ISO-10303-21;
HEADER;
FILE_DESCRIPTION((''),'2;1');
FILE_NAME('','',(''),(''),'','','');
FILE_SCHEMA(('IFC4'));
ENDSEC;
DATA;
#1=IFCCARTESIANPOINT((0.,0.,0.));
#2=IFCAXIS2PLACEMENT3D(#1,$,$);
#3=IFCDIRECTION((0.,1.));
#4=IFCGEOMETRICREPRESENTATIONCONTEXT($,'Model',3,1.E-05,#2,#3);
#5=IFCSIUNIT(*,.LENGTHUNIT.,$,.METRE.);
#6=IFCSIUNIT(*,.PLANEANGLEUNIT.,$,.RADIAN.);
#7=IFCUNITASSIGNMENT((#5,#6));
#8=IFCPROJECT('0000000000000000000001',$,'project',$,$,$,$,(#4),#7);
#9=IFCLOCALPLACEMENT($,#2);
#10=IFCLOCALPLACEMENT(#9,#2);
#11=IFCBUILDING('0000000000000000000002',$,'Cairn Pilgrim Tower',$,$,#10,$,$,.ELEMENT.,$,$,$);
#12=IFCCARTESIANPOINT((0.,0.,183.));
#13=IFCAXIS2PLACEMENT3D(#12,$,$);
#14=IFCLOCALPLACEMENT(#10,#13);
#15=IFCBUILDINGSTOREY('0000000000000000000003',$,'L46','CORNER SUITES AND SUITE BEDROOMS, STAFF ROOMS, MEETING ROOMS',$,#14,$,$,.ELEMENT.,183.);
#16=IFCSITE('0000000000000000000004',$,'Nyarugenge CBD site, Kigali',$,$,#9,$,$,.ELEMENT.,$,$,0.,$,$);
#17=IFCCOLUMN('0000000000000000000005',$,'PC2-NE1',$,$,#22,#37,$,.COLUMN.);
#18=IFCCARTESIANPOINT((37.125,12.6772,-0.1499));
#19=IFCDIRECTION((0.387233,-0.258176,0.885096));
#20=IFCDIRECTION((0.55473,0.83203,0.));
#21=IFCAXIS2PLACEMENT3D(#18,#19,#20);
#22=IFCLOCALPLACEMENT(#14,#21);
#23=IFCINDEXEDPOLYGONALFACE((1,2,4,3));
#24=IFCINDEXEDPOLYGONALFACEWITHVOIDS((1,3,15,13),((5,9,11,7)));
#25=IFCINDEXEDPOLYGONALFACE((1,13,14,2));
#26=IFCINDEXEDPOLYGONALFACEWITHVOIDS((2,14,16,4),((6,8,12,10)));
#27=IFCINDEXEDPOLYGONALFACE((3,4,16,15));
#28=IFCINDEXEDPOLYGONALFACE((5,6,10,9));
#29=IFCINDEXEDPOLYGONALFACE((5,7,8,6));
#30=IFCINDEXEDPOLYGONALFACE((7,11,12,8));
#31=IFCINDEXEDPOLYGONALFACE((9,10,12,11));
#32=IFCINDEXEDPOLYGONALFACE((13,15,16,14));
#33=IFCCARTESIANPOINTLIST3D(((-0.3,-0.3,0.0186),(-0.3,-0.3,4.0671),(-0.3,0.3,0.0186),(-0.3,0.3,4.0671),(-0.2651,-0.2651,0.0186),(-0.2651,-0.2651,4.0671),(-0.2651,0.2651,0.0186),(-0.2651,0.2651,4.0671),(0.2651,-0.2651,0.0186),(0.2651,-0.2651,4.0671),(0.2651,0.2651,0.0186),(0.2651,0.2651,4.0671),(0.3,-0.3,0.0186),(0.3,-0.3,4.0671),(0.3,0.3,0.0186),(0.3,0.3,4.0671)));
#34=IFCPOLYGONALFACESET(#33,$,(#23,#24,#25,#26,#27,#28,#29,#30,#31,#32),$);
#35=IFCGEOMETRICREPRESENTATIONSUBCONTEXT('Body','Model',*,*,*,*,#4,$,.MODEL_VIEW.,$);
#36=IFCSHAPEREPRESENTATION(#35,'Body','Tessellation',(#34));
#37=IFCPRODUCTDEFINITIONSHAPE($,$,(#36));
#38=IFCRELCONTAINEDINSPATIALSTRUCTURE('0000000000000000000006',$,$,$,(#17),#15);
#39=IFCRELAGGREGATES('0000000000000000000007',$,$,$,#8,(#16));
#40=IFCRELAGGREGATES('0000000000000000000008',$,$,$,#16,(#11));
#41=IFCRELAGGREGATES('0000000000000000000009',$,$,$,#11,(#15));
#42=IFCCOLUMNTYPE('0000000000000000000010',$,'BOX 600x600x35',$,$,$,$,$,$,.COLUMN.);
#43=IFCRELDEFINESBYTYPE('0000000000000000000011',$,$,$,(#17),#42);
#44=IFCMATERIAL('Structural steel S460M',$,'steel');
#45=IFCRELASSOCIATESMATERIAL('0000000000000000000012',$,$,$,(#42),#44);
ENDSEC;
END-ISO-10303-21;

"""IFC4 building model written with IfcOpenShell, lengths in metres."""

from ifc_helpers import new_model, si_unit, direction, frame, origin, origin_2d, place, context, subcontext, project, spatial, hollow_rectangle, extrude, clip, halfspace, material, material_profile, profile_set, type_object, element, save


model = new_model("IFC4")

# Units and contexts
model_context = context("Model", 3, precision=1e-05, world=origin(), true_north=direction((0.0, 1.0)))
body_context = subcontext(model_context, "Body", "Model", "MODEL_VIEW")
ifc_project = project(units=[si_unit("LENGTHUNIT", "METRE"), si_unit("PLANEANGLEUNIT", "RADIAN")], contexts=[model_context])

# Site, building, storey
site_placement = place(None, origin())
site = spatial("IfcSite", under=ifc_project, at=site_placement, Name="Nyarugenge CBD site, Kigali", CompositionType="ELEMENT", RefElevation=0.0)
building_placement = place(site_placement, origin())
building = spatial("IfcBuilding", under=site, at=building_placement, Name="Cairn Pilgrim Tower", CompositionType="ELEMENT")
storey_placement = place(building_placement, frame((0.0, 0.0, 183.0)))
storey = spatial("IfcBuildingStorey", under=building, at=storey_placement, Name="L46", Description="CORNER SUITES AND SUITE BEDROOMS, STAFF ROOMS, MEETING ROOMS", CompositionType="ELEMENT", Elevation=183.0)

# Column
ifc_material_1 = material(Name="Structural steel S460M", Category="steel")
ifc_material_profile_1 = material_profile(ifc_material_1, hollow_rectangle(XDim=0.6001, YDim=0.6001, WallThickness=0.0349, at=origin_2d()), Name="BOX 600x600x35")
ifc_profile_set_1 = profile_set([ifc_material_profile_1], Name="Structural steel S460M")
column_type_1 = type_object("IfcColumnType", Name="BOX 600x600x35", PredefinedType="COLUMN", material=ifc_profile_set_1)
for number, where, z_axis, x_axis, name in (
    (1, (37.125, 12.6772, -0.1499), (0.387233, -0.258176, 0.885096), (0.55473, 0.83203, 0.0), "PC2-NE1"),
):
    element("IfcColumn", number, at=place(storey_placement, frame(where, z_axis=z_axis, x_axis=x_axis)), inside=storey, type_object=column_type_1, Name=name, PredefinedType="COLUMN", context=body_context, shape_type="Clipping", body=[
        clip(extrude(hollow_rectangle(XDim=0.6001, YDim=0.6001, WallThickness=0.0349, at=origin_2d()), origin(), (0.0, 0.0, 1.0), 4.0671), halfspace(frame((0.0, 0.0, 0.0186), z_axis=(0.0, 0.0, 1.0), x_axis=(1.0, 0.0, 0.0)), True)),
    ])

save(model, "model.ifc")
